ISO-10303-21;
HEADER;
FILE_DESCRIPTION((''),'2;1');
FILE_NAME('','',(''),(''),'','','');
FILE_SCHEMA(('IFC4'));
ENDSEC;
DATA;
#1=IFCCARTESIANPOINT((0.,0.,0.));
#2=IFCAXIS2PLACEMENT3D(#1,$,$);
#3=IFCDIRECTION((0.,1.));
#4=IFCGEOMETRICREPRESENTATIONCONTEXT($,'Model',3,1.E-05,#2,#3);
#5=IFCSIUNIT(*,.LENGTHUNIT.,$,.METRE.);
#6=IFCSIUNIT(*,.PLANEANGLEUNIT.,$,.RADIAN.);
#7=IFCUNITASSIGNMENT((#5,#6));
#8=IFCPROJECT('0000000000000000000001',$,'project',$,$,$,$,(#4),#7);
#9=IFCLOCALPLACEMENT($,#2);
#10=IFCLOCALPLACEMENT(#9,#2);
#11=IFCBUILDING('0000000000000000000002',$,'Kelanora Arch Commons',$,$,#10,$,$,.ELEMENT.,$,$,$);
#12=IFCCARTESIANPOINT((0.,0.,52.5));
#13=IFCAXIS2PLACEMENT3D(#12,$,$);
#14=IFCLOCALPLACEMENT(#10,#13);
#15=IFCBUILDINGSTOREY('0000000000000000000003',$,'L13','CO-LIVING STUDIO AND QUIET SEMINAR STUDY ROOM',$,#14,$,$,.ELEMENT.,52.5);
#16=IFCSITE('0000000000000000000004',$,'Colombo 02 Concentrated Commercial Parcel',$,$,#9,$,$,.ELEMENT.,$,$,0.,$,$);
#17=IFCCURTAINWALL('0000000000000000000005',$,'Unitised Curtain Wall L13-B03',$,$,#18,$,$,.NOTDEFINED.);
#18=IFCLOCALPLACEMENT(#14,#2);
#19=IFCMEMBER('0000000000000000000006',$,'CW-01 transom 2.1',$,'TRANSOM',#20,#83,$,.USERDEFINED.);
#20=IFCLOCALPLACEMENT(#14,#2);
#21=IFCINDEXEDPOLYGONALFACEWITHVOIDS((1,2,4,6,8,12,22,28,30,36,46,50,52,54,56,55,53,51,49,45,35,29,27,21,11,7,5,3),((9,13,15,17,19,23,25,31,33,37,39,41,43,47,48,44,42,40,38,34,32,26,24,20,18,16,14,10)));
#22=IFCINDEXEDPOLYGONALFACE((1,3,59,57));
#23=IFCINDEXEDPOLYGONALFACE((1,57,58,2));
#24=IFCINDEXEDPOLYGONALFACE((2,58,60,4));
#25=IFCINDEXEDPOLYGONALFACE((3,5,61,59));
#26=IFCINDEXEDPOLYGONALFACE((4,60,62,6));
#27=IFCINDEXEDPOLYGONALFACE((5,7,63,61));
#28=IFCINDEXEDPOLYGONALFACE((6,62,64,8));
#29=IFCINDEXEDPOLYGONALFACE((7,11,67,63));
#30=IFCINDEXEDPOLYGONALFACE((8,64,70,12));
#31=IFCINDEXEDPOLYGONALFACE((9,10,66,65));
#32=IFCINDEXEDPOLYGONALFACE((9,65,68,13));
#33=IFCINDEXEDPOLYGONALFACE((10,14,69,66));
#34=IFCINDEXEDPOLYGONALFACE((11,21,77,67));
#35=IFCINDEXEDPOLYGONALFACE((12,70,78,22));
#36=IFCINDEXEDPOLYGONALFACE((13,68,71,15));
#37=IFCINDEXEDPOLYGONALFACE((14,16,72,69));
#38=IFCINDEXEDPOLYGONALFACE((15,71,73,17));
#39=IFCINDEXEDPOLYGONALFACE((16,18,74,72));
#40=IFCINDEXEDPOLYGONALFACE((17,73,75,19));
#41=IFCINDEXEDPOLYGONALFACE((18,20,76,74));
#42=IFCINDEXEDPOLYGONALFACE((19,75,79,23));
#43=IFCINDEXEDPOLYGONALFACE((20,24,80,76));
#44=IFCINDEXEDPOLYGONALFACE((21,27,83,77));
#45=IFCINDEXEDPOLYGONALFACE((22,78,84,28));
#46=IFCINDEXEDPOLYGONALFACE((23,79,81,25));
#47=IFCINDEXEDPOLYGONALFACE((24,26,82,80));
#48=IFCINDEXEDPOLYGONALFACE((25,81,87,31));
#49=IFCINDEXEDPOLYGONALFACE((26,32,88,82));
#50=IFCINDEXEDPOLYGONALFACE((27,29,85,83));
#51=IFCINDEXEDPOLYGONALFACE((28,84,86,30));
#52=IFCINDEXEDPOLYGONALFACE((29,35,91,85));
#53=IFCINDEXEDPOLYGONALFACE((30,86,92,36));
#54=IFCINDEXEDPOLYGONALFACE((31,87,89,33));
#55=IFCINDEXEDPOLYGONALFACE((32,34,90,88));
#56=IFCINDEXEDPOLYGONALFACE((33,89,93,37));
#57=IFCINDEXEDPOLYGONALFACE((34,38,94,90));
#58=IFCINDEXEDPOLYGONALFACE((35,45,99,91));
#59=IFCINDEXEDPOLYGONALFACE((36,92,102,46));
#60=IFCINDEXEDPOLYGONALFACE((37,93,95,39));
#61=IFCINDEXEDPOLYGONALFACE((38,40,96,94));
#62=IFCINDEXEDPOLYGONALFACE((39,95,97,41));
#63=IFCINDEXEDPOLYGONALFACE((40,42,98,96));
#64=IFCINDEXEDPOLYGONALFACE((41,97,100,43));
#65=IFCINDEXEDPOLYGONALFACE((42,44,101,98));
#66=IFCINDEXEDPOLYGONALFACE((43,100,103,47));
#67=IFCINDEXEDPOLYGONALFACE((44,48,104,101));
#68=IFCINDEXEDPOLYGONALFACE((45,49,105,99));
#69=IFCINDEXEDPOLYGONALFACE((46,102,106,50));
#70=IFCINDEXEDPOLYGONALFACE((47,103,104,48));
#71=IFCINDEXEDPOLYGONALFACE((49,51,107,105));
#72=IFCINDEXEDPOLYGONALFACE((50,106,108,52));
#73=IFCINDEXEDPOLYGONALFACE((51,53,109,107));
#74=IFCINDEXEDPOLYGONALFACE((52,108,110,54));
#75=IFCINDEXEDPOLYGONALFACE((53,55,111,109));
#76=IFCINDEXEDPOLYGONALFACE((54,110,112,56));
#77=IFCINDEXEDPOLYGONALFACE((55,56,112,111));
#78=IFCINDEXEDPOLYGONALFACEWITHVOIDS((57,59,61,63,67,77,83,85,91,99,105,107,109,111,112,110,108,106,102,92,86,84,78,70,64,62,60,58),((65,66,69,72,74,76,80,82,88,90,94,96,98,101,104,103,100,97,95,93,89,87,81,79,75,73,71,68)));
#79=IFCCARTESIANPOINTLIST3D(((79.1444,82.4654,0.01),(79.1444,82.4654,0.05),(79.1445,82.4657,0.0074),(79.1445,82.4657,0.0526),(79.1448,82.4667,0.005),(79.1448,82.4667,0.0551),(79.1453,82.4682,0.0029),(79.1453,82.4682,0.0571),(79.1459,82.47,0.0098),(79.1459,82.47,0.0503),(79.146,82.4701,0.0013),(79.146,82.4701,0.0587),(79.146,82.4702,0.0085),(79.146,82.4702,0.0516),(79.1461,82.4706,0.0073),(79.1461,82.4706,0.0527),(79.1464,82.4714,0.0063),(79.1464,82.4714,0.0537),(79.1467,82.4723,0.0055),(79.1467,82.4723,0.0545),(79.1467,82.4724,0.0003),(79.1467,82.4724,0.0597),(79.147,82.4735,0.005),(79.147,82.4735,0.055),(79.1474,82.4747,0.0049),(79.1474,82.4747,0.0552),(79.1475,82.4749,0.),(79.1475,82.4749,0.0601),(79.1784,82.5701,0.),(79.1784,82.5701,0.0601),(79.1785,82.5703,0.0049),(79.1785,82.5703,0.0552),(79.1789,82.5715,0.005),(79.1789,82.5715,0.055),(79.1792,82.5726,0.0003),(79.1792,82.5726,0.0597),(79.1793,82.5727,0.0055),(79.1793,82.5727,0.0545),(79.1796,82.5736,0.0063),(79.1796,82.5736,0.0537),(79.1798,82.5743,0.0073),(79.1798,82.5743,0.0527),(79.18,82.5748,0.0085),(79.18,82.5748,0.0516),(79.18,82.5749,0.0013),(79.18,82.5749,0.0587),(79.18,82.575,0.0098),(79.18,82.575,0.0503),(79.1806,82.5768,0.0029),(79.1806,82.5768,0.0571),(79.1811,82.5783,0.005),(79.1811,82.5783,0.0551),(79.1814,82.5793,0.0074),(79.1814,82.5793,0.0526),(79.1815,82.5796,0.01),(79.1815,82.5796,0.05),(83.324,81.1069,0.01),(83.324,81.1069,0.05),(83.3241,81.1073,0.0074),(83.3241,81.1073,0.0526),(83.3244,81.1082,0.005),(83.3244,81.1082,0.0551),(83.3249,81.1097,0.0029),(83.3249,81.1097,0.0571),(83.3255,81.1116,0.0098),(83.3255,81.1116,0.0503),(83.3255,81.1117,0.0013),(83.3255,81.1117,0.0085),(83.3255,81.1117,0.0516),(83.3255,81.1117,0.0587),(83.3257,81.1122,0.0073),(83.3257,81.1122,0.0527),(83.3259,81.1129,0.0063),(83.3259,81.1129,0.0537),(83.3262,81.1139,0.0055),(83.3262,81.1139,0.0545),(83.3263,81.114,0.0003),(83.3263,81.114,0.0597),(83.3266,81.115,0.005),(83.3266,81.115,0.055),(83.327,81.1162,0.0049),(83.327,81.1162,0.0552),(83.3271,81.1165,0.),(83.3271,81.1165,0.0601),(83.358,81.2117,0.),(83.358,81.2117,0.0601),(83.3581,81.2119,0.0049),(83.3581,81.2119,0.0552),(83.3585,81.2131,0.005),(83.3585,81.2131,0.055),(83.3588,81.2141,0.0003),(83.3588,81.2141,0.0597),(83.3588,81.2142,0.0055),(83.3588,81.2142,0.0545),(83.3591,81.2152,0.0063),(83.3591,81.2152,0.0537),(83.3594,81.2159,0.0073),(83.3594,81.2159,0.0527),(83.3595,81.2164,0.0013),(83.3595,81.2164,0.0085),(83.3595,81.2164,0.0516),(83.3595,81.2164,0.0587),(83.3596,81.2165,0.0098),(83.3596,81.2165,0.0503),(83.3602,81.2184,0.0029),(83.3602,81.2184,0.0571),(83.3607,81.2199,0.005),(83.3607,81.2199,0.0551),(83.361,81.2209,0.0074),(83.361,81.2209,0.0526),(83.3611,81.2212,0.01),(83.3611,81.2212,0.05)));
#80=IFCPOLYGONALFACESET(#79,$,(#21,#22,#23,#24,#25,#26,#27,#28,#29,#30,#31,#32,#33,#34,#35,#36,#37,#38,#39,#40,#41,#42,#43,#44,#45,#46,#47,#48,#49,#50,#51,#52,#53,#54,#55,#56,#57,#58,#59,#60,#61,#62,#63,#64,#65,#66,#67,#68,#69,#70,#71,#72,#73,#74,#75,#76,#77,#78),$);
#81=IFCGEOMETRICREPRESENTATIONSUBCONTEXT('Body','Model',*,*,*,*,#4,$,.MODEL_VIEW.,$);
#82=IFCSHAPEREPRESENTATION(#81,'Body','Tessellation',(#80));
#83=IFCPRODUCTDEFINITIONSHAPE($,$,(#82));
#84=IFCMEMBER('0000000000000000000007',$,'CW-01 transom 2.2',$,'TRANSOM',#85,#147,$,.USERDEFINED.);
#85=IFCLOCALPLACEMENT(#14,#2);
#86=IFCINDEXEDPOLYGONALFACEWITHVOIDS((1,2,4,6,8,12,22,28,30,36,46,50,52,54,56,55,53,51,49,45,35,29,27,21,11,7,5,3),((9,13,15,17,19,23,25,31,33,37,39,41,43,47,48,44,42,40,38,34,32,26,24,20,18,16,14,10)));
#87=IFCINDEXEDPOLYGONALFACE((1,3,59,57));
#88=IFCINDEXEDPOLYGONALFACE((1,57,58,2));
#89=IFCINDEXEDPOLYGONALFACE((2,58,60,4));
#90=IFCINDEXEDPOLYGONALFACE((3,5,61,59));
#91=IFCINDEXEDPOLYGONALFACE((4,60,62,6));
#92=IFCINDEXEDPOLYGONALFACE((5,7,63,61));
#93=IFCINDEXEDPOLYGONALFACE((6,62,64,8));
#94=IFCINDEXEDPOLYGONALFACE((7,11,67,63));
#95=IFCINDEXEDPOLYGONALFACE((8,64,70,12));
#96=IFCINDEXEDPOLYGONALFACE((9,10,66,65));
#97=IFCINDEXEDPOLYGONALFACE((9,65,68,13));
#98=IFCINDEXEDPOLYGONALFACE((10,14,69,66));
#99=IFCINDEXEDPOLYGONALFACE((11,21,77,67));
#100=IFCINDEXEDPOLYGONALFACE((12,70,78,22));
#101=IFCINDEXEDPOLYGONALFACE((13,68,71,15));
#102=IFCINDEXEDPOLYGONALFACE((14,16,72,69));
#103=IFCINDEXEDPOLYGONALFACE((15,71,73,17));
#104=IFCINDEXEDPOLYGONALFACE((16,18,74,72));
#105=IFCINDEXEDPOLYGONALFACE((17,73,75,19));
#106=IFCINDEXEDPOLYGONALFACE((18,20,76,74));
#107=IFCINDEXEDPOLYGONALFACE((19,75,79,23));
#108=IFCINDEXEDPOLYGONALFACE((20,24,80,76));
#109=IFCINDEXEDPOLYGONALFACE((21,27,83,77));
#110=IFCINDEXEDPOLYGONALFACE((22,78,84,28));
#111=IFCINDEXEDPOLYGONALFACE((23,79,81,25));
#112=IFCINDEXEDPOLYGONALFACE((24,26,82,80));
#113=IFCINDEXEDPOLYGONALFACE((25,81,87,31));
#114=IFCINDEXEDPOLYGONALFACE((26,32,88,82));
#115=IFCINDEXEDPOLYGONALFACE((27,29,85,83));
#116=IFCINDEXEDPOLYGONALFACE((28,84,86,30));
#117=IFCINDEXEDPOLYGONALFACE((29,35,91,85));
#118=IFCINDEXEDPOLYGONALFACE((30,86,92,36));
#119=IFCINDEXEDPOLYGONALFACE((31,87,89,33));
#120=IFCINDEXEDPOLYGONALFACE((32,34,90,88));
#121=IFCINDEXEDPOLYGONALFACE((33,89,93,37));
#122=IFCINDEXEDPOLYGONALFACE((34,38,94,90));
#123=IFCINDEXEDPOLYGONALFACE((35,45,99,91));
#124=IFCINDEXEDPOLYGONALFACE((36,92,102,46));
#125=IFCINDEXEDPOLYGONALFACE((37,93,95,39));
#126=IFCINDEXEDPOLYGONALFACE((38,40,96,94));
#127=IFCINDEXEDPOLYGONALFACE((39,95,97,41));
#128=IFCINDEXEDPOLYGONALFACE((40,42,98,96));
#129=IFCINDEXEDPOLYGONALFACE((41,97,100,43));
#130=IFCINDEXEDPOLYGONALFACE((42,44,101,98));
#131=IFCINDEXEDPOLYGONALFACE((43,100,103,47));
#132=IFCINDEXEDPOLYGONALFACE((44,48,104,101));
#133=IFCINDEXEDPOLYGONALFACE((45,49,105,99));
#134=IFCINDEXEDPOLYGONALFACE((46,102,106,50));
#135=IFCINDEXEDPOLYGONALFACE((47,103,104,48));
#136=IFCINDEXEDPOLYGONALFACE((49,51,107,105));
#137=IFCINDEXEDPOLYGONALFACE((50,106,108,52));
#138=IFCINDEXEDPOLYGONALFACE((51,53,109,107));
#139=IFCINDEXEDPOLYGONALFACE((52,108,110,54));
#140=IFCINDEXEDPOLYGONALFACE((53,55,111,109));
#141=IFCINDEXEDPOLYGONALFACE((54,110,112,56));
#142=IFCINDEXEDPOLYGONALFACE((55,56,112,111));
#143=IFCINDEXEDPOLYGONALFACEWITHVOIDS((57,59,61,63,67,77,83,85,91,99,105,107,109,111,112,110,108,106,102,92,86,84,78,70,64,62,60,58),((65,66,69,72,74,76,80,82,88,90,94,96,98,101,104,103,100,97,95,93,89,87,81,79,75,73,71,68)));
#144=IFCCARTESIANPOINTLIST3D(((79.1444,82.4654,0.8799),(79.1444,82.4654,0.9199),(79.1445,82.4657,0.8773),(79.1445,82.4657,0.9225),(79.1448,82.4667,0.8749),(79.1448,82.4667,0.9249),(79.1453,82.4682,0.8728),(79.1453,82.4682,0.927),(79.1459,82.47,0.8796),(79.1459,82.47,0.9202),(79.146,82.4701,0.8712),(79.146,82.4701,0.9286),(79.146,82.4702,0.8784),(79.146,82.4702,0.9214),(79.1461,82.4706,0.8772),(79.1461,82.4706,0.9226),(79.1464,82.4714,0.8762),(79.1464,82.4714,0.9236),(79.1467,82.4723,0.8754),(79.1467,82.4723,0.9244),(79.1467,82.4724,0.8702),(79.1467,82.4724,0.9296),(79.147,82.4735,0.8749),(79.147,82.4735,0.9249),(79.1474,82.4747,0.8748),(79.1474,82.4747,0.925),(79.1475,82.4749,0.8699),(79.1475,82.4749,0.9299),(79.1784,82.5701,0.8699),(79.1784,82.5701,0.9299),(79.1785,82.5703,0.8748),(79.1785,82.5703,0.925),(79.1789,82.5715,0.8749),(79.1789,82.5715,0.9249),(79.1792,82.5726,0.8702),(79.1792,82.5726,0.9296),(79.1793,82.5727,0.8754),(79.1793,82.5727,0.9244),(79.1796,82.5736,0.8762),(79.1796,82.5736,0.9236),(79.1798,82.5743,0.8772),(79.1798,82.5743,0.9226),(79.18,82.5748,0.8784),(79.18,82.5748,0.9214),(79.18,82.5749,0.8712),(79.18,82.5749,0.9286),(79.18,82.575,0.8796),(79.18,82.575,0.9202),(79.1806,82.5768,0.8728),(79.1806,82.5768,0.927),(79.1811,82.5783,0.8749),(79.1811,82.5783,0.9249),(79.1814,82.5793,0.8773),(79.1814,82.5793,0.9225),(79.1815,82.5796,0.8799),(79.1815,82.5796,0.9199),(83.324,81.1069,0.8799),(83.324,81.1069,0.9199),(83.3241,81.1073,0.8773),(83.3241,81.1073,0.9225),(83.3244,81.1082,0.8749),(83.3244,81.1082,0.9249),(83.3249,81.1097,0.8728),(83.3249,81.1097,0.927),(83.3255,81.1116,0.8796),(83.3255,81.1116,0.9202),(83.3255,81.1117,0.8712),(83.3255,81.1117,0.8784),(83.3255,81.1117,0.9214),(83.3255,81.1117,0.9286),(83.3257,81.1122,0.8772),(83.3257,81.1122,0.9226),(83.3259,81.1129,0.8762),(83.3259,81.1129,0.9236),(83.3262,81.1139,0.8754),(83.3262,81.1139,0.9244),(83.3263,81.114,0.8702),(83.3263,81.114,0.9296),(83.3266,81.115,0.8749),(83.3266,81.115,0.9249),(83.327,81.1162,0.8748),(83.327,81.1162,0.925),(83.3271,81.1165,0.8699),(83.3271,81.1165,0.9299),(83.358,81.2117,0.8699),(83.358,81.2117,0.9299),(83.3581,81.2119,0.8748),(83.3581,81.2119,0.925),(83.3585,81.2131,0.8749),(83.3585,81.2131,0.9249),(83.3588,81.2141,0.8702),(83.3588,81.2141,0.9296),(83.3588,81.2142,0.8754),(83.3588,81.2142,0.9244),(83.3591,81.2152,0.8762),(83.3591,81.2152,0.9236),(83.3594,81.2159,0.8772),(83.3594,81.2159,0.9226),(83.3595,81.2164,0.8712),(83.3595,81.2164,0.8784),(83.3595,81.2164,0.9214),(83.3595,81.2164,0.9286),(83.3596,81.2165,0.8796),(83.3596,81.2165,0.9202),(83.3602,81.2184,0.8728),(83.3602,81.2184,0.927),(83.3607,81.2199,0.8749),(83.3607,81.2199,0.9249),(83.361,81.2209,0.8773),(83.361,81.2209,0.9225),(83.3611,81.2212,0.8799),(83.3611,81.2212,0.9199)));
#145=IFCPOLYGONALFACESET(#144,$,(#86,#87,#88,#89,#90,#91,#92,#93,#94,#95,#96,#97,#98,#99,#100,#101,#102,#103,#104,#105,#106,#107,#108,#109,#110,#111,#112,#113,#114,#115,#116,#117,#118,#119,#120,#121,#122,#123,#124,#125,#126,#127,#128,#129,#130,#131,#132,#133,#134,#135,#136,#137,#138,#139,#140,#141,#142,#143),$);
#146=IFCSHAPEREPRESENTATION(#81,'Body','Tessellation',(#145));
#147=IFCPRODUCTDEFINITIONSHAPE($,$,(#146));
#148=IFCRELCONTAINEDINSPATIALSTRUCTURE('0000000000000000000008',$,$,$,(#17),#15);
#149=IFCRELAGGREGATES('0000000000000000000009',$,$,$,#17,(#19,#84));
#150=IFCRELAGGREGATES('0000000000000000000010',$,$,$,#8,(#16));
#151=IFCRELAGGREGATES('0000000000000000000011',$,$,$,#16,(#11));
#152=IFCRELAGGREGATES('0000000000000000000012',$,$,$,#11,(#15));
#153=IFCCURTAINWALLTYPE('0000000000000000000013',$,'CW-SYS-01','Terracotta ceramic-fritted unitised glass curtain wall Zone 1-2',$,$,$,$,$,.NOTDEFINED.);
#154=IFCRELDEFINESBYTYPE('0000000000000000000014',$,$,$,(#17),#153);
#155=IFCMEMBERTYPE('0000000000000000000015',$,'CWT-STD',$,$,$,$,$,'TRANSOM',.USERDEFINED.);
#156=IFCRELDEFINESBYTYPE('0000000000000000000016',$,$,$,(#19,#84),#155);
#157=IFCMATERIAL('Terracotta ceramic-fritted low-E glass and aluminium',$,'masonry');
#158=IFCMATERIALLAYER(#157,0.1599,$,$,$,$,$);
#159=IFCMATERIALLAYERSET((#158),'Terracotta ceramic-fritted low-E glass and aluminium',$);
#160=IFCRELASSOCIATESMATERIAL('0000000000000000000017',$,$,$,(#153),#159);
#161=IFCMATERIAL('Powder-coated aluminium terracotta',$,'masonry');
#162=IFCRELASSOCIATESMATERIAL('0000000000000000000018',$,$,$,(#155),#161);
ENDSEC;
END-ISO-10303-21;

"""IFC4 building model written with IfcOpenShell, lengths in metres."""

from ifc_helpers import new_model, si_unit, direction, frame, origin, origin_2d, place, context, subcontext, project, spatial, hollow_rectangle, extrude, material, layer, layer_set, material_profile, profile_set, type_object, element, aggregate, save


model = new_model("IFC4")

# Units and contexts
model_context = context("Model", 3, precision=1e-05, world=origin(), true_north=direction((0.0, 1.0)))
body_context = subcontext(model_context, "Body", "Model", "MODEL_VIEW")
ifc_project = project(units=[si_unit("LENGTHUNIT", "METRE"), si_unit("PLANEANGLEUNIT", "RADIAN")], contexts=[model_context])

# Site, building, storey
site_placement = place(None, origin())
site = spatial("IfcSite", under=ifc_project, at=site_placement, Name="Colombo 02 Concentrated Commercial Parcel", CompositionType="ELEMENT", RefElevation=0.0)
building_placement = place(site_placement, origin())
building = spatial("IfcBuilding", under=site, at=building_placement, Name="Kelanora Arch Commons", CompositionType="ELEMENT")
storey_placement = place(building_placement, frame((0.0, 0.0, 52.5)))
storey = spatial("IfcBuildingStorey", under=building, at=storey_placement, Name="L13", Description="CO-LIVING STUDIO AND QUIET SEMINAR STUDY ROOM", CompositionType="ELEMENT", Elevation=52.5)

# Curtain wall, members
ifc_material_1 = material(Name="Terracotta ceramic-fritted low-E glass and aluminium", Category="masonry")
ifc_layer_1 = layer(ifc_material_1, 0.1599)
ifc_layer_set_1 = layer_set([ifc_layer_1], Name="Terracotta ceramic-fritted low-E glass and aluminium")
curtain_wall_type = type_object("IfcCurtainWallType", Name="CW-SYS-01", Description="Terracotta ceramic-fritted unitised glass curtain wall Zone 1-2", PredefinedType="NOTDEFINED", material=ifc_layer_set_1)
curtain_wall_placement = place(storey_placement, origin())
curtain_wall = element("IfcCurtainWall", 1, at=curtain_wall_placement, inside=storey, type_object=curtain_wall_type, Name="Unitised Curtain Wall L13-B03", PredefinedType="NOTDEFINED")
ifc_material_2 = material(Name="Powder-coated aluminium terracotta", Category="masonry")
ifc_material_profile_1 = material_profile(ifc_material_2, hollow_rectangle(XDim=0.1201, YDim=0.0601, WallThickness=0.0049, InnerFilletRadius=0.0049, OuterFilletRadius=0.01, at=origin_2d()), Name="CWT120x60")
ifc_profile_set_1 = profile_set([ifc_material_profile_1], Name="Powder-coated aluminium terracotta")
member_type_1 = type_object("IfcMemberType", Name="CWT-STD", ElementType="TRANSOM", PredefinedType="USERDEFINED", material=ifc_profile_set_1)
member_1_placement = place(storey_placement, frame((83.3425, 81.1641, 0.03), z_axis=(-0.951029, 0.309102, 0.0), x_axis=(-0.309102, -0.951029, 0.0)))
member_1 = element("IfcMember", 2, at=member_1_placement, type_object=member_type_1, Name="CW-01 transom 2.1", ObjectType="TRANSOM", PredefinedType="USERDEFINED", context=body_context, shape_type="SweptSolid", body=[
    extrude(hollow_rectangle(XDim=0.1201, YDim=0.0601, WallThickness=0.0049, InnerFilletRadius=0.0049, OuterFilletRadius=0.01, at=origin_2d()), origin(), (0.0, 0.0, 1.0), 4.3948),
])
member_2_placement = place(storey_placement, frame((83.3425, 81.1641, 0.8999), z_axis=(-0.951029, 0.309102, 0.0), x_axis=(-0.309102, -0.951029, 0.0)))
member_2 = element("IfcMember", 3, at=member_2_placement, type_object=member_type_1, Name="CW-01 transom 2.2", ObjectType="TRANSOM", PredefinedType="USERDEFINED", context=body_context, shape_type="SweptSolid", body=[
    extrude(hollow_rectangle(XDim=0.1201, YDim=0.0601, WallThickness=0.0049, InnerFilletRadius=0.0049, OuterFilletRadius=0.01, at=origin_2d()), origin(), (0.0, 0.0, 1.0), 4.3948),
])
aggregate(curtain_wall, [member_1, member_2])

save(model, "model.ifc")
